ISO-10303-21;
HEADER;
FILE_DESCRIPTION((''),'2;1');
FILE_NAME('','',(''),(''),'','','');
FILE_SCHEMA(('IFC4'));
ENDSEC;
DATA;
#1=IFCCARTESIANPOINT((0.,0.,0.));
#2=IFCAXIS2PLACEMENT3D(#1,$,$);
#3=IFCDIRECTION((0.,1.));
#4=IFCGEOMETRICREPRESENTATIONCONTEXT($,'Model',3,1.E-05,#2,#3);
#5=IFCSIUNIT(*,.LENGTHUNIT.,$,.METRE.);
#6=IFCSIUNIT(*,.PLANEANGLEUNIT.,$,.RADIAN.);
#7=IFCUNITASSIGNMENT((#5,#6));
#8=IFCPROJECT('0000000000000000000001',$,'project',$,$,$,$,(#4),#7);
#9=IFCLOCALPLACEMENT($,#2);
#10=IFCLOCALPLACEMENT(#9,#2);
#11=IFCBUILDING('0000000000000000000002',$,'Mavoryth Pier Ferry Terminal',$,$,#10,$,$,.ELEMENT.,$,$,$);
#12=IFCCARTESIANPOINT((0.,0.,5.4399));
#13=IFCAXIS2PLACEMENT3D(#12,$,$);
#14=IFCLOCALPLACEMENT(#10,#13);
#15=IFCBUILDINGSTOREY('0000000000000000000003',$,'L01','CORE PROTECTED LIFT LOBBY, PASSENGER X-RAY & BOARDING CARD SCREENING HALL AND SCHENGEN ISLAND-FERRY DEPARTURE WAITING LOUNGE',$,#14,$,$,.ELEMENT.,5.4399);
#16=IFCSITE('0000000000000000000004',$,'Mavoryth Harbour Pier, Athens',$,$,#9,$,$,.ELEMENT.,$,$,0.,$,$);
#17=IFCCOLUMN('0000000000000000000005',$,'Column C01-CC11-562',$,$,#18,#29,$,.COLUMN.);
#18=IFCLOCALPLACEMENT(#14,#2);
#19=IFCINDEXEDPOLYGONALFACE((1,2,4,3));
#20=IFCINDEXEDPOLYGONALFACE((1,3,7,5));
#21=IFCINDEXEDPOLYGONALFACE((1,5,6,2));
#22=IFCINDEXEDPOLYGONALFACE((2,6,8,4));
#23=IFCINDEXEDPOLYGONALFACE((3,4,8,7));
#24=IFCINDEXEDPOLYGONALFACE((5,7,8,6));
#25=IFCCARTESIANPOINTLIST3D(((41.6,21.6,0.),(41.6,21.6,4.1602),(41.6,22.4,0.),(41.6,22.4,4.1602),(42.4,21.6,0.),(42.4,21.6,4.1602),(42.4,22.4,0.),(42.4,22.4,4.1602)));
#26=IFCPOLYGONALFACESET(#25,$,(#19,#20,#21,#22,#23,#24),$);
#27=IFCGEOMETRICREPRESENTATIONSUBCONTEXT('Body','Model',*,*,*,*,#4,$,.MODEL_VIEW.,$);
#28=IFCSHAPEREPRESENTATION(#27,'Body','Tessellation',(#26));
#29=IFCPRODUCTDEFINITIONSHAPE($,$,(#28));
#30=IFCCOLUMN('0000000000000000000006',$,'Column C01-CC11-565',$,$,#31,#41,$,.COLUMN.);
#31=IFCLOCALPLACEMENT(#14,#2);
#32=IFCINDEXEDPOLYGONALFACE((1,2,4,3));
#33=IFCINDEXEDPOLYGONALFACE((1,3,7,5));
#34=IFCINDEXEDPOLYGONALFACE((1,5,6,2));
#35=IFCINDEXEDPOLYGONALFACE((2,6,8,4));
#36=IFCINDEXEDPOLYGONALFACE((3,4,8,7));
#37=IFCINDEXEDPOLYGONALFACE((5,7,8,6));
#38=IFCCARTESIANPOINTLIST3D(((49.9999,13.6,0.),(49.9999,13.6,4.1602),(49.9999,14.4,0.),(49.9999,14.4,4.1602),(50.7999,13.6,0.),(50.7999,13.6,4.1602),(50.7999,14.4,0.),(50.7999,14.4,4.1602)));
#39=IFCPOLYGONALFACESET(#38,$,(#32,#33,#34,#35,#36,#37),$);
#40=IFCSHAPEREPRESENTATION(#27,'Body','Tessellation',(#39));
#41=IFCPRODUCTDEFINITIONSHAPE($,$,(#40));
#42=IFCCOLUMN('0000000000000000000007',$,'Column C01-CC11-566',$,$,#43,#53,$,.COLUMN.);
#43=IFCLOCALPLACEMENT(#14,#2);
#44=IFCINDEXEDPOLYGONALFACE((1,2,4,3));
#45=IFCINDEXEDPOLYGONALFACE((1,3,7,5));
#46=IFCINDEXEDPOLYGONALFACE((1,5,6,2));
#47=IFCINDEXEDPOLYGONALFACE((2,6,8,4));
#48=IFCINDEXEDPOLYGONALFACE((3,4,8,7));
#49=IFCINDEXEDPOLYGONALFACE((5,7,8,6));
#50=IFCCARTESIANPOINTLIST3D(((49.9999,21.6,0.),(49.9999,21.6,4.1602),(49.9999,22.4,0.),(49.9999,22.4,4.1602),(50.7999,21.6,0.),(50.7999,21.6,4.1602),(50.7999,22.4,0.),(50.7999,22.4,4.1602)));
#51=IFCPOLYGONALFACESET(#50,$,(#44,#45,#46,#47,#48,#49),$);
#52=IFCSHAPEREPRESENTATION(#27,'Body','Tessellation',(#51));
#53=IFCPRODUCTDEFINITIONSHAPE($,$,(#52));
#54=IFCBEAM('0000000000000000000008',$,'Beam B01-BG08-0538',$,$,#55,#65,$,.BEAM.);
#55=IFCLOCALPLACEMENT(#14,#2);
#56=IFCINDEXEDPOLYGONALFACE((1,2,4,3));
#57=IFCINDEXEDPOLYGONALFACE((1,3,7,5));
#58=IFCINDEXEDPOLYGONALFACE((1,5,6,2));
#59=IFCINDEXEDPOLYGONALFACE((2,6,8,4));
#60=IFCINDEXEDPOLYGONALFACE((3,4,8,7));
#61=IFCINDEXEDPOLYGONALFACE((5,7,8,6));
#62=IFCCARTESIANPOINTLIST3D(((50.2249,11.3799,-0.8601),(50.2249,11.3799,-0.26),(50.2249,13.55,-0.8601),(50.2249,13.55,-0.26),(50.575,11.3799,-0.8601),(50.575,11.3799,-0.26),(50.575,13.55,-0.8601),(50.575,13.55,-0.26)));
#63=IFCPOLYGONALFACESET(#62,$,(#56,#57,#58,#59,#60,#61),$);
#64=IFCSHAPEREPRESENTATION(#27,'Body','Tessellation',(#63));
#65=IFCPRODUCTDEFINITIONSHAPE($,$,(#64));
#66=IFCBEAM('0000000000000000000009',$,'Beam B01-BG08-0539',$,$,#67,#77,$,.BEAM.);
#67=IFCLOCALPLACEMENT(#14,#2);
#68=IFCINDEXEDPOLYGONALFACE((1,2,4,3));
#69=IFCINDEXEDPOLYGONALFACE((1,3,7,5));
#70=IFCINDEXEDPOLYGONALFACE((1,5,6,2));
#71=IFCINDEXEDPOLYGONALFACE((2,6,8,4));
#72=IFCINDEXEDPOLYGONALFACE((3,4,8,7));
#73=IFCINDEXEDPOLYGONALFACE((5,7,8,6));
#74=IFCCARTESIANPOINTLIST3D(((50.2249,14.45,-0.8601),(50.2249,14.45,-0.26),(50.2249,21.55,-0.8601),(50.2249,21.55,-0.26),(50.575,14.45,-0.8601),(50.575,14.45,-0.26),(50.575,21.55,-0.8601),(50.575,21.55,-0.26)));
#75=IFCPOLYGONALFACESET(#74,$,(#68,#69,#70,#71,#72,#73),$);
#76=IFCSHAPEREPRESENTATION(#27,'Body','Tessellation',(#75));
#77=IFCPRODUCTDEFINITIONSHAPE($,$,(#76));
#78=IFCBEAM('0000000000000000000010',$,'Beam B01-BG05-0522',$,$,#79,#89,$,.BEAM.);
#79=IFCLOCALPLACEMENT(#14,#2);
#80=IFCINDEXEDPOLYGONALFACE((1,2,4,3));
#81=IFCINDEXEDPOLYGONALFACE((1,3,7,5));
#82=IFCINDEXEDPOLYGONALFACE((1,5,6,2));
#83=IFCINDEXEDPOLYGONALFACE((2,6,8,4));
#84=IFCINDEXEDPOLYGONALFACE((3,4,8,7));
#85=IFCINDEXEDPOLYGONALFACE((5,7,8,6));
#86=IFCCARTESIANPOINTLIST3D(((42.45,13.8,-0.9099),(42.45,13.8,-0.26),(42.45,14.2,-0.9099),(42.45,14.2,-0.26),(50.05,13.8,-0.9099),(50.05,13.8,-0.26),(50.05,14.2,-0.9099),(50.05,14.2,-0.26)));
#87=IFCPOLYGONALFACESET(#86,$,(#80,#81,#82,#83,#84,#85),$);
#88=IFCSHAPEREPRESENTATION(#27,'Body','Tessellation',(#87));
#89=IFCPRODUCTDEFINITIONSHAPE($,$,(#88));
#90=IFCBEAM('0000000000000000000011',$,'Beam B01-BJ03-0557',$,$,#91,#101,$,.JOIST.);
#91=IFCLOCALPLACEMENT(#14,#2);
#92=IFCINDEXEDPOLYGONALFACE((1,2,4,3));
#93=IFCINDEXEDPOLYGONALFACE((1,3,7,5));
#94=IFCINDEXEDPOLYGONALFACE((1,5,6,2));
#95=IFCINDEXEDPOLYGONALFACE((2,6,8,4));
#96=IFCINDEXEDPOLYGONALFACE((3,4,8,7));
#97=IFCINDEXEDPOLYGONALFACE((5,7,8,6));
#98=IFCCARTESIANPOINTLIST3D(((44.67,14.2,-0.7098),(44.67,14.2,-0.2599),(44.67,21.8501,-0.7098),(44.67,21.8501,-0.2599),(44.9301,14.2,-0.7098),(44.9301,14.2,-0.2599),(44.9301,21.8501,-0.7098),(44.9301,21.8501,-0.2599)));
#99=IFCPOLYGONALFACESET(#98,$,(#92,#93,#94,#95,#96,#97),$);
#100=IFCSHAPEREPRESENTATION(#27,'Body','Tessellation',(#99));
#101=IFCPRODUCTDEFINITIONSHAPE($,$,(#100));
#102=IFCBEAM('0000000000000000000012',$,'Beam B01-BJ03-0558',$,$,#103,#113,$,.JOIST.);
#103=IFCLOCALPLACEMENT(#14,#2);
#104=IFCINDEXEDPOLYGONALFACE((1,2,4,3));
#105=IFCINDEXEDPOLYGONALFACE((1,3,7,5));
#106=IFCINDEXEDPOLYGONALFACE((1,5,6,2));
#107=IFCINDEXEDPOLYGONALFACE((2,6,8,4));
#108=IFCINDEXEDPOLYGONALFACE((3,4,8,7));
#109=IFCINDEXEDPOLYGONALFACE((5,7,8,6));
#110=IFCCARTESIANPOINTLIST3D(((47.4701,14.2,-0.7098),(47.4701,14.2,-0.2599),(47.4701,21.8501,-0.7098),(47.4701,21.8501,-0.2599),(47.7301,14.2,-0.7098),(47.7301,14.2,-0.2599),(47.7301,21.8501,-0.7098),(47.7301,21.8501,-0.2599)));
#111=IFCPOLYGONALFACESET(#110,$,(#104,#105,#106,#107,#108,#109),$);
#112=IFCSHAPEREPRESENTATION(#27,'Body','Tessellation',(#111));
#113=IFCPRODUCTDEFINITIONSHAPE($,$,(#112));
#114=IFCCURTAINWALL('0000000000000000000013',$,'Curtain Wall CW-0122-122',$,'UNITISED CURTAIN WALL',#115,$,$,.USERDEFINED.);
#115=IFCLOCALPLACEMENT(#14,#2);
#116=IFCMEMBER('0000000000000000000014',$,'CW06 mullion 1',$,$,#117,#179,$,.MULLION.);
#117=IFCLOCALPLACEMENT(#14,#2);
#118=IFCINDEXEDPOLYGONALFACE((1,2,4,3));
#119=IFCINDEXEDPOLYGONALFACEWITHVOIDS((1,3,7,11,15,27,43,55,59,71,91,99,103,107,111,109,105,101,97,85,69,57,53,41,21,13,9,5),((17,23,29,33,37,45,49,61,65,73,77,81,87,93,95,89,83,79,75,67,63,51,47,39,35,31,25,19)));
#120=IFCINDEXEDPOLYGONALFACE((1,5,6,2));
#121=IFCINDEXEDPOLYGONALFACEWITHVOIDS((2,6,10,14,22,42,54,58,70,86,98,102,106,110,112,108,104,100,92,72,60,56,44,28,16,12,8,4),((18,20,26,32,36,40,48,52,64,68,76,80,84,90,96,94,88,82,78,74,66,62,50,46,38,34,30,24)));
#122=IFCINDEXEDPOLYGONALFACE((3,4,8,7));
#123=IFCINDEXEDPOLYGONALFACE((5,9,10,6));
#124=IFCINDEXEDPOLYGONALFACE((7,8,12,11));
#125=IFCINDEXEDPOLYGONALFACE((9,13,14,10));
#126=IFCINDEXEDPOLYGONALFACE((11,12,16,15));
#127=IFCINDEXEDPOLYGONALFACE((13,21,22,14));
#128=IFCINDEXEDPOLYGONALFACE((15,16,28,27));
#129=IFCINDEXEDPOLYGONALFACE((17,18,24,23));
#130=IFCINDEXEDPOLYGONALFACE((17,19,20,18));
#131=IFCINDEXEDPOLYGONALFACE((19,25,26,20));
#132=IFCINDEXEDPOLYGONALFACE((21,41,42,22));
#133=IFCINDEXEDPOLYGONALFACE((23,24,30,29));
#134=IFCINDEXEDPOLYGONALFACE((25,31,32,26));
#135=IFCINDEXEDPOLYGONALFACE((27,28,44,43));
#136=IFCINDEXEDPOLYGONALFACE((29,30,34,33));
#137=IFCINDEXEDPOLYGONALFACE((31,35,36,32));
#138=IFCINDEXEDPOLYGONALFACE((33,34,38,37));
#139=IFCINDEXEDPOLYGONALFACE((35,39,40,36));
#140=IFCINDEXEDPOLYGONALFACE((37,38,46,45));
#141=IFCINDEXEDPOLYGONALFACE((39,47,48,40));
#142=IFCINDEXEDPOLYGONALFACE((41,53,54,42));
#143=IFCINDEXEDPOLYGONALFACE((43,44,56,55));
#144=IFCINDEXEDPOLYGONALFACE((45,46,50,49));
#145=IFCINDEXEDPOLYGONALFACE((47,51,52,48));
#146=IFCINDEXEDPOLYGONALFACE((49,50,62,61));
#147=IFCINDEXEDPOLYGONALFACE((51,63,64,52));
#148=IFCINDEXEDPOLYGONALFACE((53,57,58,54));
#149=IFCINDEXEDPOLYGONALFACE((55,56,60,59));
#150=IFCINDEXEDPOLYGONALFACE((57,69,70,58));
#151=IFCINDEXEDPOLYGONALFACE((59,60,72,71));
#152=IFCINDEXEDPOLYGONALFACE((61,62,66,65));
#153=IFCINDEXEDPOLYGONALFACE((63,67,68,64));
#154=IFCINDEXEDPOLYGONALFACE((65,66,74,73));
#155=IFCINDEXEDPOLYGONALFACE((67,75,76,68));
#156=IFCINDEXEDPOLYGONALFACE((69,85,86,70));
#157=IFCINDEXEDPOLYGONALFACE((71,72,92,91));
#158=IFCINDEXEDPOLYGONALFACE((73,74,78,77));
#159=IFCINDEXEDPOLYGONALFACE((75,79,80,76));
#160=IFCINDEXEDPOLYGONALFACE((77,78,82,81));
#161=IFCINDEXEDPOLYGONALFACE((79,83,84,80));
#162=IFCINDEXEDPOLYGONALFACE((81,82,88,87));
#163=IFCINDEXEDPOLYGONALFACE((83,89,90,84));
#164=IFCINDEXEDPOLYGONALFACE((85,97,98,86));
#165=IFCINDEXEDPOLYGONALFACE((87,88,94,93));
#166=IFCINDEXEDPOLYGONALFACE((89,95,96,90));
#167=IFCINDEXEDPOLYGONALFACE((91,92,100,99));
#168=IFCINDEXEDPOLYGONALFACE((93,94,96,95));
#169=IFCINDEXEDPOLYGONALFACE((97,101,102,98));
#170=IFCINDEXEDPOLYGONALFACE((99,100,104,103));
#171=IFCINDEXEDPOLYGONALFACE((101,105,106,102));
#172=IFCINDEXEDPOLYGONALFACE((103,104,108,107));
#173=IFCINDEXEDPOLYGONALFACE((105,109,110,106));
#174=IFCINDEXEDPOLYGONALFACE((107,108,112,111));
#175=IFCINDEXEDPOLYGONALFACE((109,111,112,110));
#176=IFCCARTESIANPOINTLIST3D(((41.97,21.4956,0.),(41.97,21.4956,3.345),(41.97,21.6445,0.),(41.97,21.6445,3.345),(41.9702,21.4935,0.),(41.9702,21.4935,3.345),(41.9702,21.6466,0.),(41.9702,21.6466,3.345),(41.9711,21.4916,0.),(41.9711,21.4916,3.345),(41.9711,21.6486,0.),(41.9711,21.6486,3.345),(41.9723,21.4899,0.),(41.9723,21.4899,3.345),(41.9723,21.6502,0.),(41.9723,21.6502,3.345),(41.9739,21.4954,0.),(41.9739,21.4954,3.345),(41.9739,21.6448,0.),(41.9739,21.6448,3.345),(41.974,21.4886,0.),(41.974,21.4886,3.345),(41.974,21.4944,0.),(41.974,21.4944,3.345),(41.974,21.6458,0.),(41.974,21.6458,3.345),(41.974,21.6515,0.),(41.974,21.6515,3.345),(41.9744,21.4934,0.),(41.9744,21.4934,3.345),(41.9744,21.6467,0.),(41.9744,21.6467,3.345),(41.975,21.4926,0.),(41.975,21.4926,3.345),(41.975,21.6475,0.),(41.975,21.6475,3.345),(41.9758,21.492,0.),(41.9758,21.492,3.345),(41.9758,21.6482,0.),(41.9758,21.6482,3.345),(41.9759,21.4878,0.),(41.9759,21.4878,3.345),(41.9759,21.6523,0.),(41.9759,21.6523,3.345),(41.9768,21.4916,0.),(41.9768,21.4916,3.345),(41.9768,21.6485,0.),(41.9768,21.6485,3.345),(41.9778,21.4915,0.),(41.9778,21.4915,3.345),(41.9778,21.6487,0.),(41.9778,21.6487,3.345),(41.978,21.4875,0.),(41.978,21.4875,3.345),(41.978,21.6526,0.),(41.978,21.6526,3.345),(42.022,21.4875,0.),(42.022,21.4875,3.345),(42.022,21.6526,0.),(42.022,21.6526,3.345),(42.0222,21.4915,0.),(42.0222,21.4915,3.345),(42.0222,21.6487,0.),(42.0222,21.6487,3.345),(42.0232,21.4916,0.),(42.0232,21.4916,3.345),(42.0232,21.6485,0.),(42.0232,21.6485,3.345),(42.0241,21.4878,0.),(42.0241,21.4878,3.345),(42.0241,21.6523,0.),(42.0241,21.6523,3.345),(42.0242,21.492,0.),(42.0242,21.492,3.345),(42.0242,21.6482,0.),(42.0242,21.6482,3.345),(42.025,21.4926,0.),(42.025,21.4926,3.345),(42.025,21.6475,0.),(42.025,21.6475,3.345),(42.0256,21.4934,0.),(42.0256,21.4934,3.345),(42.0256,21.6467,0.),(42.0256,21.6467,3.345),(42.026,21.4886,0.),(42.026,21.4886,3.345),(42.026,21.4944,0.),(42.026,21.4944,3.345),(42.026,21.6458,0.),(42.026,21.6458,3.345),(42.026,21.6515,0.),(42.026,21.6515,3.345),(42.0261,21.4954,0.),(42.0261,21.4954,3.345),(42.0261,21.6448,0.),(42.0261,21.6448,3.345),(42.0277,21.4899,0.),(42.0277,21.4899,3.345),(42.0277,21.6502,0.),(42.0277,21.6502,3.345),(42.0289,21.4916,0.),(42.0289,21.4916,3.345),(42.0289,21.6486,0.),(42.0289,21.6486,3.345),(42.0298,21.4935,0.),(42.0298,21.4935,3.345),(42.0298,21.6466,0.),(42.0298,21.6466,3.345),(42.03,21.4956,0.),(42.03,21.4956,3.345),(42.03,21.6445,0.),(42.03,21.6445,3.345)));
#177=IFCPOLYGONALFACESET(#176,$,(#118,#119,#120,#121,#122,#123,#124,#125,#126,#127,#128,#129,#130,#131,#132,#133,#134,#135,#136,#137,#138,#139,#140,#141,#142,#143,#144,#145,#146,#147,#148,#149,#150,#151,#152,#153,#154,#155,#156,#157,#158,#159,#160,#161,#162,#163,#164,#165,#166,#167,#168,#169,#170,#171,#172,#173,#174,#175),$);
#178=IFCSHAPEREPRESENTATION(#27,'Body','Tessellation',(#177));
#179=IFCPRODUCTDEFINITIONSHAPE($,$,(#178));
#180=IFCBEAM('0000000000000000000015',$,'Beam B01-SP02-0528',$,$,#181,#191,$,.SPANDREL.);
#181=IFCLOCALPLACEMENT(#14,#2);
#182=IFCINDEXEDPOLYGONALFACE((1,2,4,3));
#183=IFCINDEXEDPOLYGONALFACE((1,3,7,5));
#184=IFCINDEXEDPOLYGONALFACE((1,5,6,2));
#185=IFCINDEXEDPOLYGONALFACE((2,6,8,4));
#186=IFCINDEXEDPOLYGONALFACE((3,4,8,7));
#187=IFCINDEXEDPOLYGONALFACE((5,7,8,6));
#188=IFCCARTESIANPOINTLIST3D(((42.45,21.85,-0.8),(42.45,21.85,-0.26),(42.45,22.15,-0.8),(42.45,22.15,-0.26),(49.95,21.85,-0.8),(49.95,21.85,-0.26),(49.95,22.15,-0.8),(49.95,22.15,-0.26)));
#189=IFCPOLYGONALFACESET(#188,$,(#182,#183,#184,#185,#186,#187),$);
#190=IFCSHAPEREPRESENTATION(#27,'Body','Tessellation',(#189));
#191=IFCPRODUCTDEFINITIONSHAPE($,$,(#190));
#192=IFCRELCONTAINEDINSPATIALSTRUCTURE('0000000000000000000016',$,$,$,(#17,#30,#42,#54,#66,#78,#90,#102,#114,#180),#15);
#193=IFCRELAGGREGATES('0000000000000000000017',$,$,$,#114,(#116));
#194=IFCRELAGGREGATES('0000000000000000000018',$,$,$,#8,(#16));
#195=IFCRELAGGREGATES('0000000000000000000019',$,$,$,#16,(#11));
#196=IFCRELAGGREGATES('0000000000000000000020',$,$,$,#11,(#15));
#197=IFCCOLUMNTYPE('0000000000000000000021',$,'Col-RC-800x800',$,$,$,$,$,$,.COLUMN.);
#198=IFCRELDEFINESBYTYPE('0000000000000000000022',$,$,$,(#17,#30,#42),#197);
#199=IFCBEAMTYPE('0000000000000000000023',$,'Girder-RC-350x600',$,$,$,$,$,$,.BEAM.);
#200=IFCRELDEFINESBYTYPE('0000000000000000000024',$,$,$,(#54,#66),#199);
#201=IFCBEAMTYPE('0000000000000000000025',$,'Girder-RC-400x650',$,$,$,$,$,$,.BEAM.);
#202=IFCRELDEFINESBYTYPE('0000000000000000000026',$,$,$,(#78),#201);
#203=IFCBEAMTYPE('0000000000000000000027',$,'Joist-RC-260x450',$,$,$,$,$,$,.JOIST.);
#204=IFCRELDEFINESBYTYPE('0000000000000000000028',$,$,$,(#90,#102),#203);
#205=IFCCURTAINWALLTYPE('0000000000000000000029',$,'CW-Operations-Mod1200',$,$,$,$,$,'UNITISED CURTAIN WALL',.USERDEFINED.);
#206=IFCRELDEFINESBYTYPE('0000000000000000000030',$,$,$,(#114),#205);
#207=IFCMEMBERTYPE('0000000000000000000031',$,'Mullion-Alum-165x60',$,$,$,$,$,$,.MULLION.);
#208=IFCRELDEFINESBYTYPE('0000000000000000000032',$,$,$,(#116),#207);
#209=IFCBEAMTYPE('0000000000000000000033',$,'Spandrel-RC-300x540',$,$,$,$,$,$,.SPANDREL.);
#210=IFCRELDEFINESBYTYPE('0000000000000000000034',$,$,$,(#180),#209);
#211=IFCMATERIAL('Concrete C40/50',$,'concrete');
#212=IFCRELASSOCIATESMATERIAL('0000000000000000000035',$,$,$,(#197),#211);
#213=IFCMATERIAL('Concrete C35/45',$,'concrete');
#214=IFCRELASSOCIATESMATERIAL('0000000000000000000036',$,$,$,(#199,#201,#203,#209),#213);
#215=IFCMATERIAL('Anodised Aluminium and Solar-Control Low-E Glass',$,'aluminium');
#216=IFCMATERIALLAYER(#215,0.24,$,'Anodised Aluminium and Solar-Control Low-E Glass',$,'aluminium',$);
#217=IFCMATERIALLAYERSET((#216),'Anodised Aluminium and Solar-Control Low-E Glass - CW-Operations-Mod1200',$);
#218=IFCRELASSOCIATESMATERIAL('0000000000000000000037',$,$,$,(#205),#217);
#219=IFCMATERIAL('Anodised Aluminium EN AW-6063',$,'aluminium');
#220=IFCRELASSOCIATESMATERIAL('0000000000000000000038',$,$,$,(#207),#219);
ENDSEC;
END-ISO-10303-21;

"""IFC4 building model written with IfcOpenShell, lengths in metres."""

from ifc_helpers import new_model, si_unit, direction, frame, origin, origin_2d, place, context, subcontext, project, spatial, rectangle, hollow_rectangle, extrude, material, layer, layer_set, material_profile, profile_set, type_object, element, aggregate, save


model = new_model("IFC4")

# Units and contexts
model_context = context("Model", 3, precision=1e-05, world=origin(), true_north=direction((0.0, 1.0)))
body_context = subcontext(model_context, "Body", "Model", "MODEL_VIEW")
ifc_project = project(units=[si_unit("LENGTHUNIT", "METRE"), si_unit("PLANEANGLEUNIT", "RADIAN")], contexts=[model_context])

# Site, building, storey
site_placement = place(None, origin())
site = spatial("IfcSite", under=ifc_project, at=site_placement, Name="Mavoryth Harbour Pier, Athens", CompositionType="ELEMENT", RefElevation=0.0)
building_placement = place(site_placement, origin())
building = spatial("IfcBuilding", under=site, at=building_placement, Name="Mavoryth Pier Ferry Terminal", CompositionType="ELEMENT")
storey_placement = place(building_placement, frame((0.0, 0.0, 5.4399)))
storey = spatial("IfcBuildingStorey", under=building, at=storey_placement, Name="L01", Description="CORE PROTECTED LIFT LOBBY, PASSENGER X-RAY & BOARDING CARD SCREENING HALL AND SCHENGEN ISLAND-FERRY DEPARTURE WAITING LOUNGE", CompositionType="ELEMENT", Elevation=5.4399)

# Columns
ifc_material_1 = material(Name="Concrete C40/50", Category="concrete")
ifc_material_profile_1 = material_profile(ifc_material_1, rectangle(XDim=0.8, YDim=0.8, at=origin_2d()), Name="RC 800x800", Category="concrete")
ifc_profile_set_1 = profile_set([ifc_material_profile_1], Name="Concrete C40/50 - RC 800x800")
column_type = type_object("IfcColumnType", Name="Col-RC-800x800", PredefinedType="COLUMN", material=ifc_profile_set_1)
for number, where, z_axis, x_axis, name in (
    (1, (42.0, 22.0, 0.0), (0.0, 0.0, 1.0), (1.0, 0.0, 0.0), "Column C01-CC11-562"),
    (2, (50.3999, 14.0, 0.0), (0.0, 0.0, 1.0), (1.0, 0.0, 0.0), "Column C01-CC11-565"),
    (3, (50.3999, 22.0, 0.0), (0.0, 0.0, 1.0), (1.0, 0.0, 0.0), "Column C01-CC11-566"),
):
    element("IfcColumn", number, at=place(storey_placement, frame(where, z_axis=z_axis, x_axis=x_axis)), inside=storey, type_object=column_type, Name=name, PredefinedType="COLUMN", context=body_context, shape_type="SweptSolid", body=[
        extrude(rectangle(XDim=0.8, YDim=0.8, at=origin_2d()), origin(), (0.0, 0.0, 1.0), 4.1602),
    ])

# Beams
ifc_material_2 = material(Name="Concrete C35/45", Category="concrete")
ifc_material_profile_2 = material_profile(ifc_material_2, rectangle(XDim=0.3501, YDim=0.6001, at=origin_2d()), Name="RC 350x600", Category="concrete")
ifc_profile_set_2 = profile_set([ifc_material_profile_2], Name="Concrete C35/45 - RC 350x600")
beam_type_1 = type_object("IfcBeamType", Name="Girder-RC-350x600", PredefinedType="BEAM", material=ifc_profile_set_2)
beam_1_placement = place(storey_placement, frame((50.3999, 11.3799, -0.5601), z_axis=(0.0, 1.0, 0.0), x_axis=(-1.0, 0.0, 0.0)))
element("IfcBeam", 4, at=beam_1_placement, inside=storey, type_object=beam_type_1, Name="Beam B01-BG08-0538", PredefinedType="BEAM", context=body_context, shape_type="SweptSolid", body=[
    extrude(rectangle(XDim=0.3501, YDim=0.6001, at=origin_2d()), origin(), (0.0, 0.0, 1.0), 2.1702),
])
beam_2_placement = place(storey_placement, frame((50.3999, 14.45, -0.5601), z_axis=(0.0, 1.0, 0.0), x_axis=(-1.0, 0.0, 0.0)))
element("IfcBeam", 5, at=beam_2_placement, inside=storey, type_object=beam_type_1, Name="Beam B01-BG08-0539", PredefinedType="BEAM", context=body_context, shape_type="SweptSolid", body=[
    extrude(rectangle(XDim=0.3501, YDim=0.6001, at=origin_2d()), origin(), (0.0, 0.0, 1.0), 7.1001),
])
ifc_material_profile_3 = material_profile(ifc_material_2, rectangle(XDim=0.3999, YDim=0.6499, at=origin_2d()), Name="RC 400x650", Category="concrete")
ifc_profile_set_3 = profile_set([ifc_material_profile_3], Name="Concrete C35/45 - RC 400x650")
beam_type_2 = type_object("IfcBeamType", Name="Girder-RC-400x650", PredefinedType="BEAM", material=ifc_profile_set_3)
beam_3_placement = place(storey_placement, frame((42.45, 14.0, -0.585), z_axis=(1.0, 0.0, 0.0), x_axis=(0.0, 1.0, 0.0)))
element("IfcBeam", 6, at=beam_3_placement, inside=storey, type_object=beam_type_2, Name="Beam B01-BG05-0522", PredefinedType="BEAM", context=body_context, shape_type="SweptSolid", body=[
    extrude(rectangle(XDim=0.3999, YDim=0.6499, at=origin_2d()), origin(), (0.0, 0.0, 1.0), 7.6001),
])
ifc_material_profile_4 = material_profile(ifc_material_2, rectangle(XDim=0.26, YDim=0.45, at=origin_2d()), Name="RC 260x450", Category="concrete")
ifc_profile_set_4 = profile_set([ifc_material_profile_4], Name="Concrete C35/45 - RC 260x450")
beam_type_3 = type_object("IfcBeamType", Name="Joist-RC-260x450", PredefinedType="JOIST", material=ifc_profile_set_4)
for number, where, z_axis, x_axis, name in (
    (7, (44.8, 14.2, -0.4849), (0.0, 1.0, 0.0), (-1.0, 0.0, 0.0), "Beam B01-BJ03-0557"),
    (8, (47.6001, 14.2, -0.4849), (0.0, 1.0, 0.0), (-1.0, 0.0, 0.0), "Beam B01-BJ03-0558"),
):
    element("IfcBeam", number, at=place(storey_placement, frame(where, z_axis=z_axis, x_axis=x_axis)), inside=storey, type_object=beam_type_3, Name=name, PredefinedType="JOIST", context=body_context, shape_type="SweptSolid", body=[
        extrude(rectangle(XDim=0.26, YDim=0.45, at=origin_2d()), origin(), (0.0, 0.0, 1.0), 7.6501),
    ])

# Curtain wall, member
ifc_material_3 = material(Name="Anodised Aluminium and Solar-Control Low-E Glass", Category="aluminium")
ifc_layer_1 = layer(ifc_material_3, 0.24, Name="Anodised Aluminium and Solar-Control Low-E Glass", Category="aluminium")
ifc_layer_set_1 = layer_set([ifc_layer_1], Name="Anodised Aluminium and Solar-Control Low-E Glass - CW-Operations-Mod1200")
curtain_wall_type = type_object("IfcCurtainWallType", Name="CW-Operations-Mod1200", ElementType="UNITISED CURTAIN WALL", PredefinedType="USERDEFINED", material=ifc_layer_set_1)
curtain_wall_placement = place(storey_placement, origin())
curtain_wall = element("IfcCurtainWall", 9, at=curtain_wall_placement, inside=storey, type_object=curtain_wall_type, Name="Curtain Wall CW-0122-122", ObjectType="UNITISED CURTAIN WALL", PredefinedType="USERDEFINED")
ifc_material_4 = material(Name="Anodised Aluminium EN AW-6063", Category="aluminium")
ifc_material_profile_5 = material_profile(ifc_material_4, hollow_rectangle(XDim=0.0601, YDim=0.165, WallThickness=0.0039, InnerFilletRadius=0.0039, OuterFilletRadius=0.0081, at=origin_2d()), Name="AL-MULL 165x60x4", Category="aluminium")
ifc_profile_set_5 = profile_set([ifc_material_profile_5], Name="Anodised Aluminium EN AW-6063 - AL-MULL 165x60x4")
member_type = type_object("IfcMemberType", Name="Mullion-Alum-165x60", PredefinedType="MULLION", material=ifc_profile_set_5)
member_placement = place(storey_placement, frame((42.0, 21.5701, 0.0), z_axis=(0.0, 0.0, 1.0), x_axis=(1.0, 0.0, 0.0)))
member = element("IfcMember", 10, at=member_placement, type_object=member_type, Name="CW06 mullion 1", PredefinedType="MULLION", context=body_context, shape_type="SweptSolid", body=[
    extrude(hollow_rectangle(XDim=0.0601, YDim=0.165, WallThickness=0.0039, InnerFilletRadius=0.0039, OuterFilletRadius=0.0081, at=origin_2d()), origin(), (0.0, 0.0, 1.0), 3.345),
])
aggregate(curtain_wall, [member])

# Beam
ifc_material_profile_6 = material_profile(ifc_material_2, rectangle(XDim=0.3, YDim=0.54, at=origin_2d()), Name="RC 300x540", Category="concrete")
ifc_profile_set_6 = profile_set([ifc_material_profile_6], Name="Concrete C35/45 - RC 300x540")
beam_type_4 = type_object("IfcBeamType", Name="Spandrel-RC-300x540", PredefinedType="SPANDREL", material=ifc_profile_set_6)
beam_4_placement = place(storey_placement, frame((42.45, 22.0, -0.53), z_axis=(1.0, 0.0, 0.0), x_axis=(0.0, 1.0, 0.0)))
element("IfcBeam", 11, at=beam_4_placement, inside=storey, type_object=beam_type_4, Name="Beam B01-SP02-0528", PredefinedType="SPANDREL", context=body_context, shape_type="SweptSolid", body=[
    extrude(rectangle(XDim=0.3, YDim=0.54, at=origin_2d()), origin(), (0.0, 0.0, 1.0), 7.5),
])

save(model, "model.ifc")
